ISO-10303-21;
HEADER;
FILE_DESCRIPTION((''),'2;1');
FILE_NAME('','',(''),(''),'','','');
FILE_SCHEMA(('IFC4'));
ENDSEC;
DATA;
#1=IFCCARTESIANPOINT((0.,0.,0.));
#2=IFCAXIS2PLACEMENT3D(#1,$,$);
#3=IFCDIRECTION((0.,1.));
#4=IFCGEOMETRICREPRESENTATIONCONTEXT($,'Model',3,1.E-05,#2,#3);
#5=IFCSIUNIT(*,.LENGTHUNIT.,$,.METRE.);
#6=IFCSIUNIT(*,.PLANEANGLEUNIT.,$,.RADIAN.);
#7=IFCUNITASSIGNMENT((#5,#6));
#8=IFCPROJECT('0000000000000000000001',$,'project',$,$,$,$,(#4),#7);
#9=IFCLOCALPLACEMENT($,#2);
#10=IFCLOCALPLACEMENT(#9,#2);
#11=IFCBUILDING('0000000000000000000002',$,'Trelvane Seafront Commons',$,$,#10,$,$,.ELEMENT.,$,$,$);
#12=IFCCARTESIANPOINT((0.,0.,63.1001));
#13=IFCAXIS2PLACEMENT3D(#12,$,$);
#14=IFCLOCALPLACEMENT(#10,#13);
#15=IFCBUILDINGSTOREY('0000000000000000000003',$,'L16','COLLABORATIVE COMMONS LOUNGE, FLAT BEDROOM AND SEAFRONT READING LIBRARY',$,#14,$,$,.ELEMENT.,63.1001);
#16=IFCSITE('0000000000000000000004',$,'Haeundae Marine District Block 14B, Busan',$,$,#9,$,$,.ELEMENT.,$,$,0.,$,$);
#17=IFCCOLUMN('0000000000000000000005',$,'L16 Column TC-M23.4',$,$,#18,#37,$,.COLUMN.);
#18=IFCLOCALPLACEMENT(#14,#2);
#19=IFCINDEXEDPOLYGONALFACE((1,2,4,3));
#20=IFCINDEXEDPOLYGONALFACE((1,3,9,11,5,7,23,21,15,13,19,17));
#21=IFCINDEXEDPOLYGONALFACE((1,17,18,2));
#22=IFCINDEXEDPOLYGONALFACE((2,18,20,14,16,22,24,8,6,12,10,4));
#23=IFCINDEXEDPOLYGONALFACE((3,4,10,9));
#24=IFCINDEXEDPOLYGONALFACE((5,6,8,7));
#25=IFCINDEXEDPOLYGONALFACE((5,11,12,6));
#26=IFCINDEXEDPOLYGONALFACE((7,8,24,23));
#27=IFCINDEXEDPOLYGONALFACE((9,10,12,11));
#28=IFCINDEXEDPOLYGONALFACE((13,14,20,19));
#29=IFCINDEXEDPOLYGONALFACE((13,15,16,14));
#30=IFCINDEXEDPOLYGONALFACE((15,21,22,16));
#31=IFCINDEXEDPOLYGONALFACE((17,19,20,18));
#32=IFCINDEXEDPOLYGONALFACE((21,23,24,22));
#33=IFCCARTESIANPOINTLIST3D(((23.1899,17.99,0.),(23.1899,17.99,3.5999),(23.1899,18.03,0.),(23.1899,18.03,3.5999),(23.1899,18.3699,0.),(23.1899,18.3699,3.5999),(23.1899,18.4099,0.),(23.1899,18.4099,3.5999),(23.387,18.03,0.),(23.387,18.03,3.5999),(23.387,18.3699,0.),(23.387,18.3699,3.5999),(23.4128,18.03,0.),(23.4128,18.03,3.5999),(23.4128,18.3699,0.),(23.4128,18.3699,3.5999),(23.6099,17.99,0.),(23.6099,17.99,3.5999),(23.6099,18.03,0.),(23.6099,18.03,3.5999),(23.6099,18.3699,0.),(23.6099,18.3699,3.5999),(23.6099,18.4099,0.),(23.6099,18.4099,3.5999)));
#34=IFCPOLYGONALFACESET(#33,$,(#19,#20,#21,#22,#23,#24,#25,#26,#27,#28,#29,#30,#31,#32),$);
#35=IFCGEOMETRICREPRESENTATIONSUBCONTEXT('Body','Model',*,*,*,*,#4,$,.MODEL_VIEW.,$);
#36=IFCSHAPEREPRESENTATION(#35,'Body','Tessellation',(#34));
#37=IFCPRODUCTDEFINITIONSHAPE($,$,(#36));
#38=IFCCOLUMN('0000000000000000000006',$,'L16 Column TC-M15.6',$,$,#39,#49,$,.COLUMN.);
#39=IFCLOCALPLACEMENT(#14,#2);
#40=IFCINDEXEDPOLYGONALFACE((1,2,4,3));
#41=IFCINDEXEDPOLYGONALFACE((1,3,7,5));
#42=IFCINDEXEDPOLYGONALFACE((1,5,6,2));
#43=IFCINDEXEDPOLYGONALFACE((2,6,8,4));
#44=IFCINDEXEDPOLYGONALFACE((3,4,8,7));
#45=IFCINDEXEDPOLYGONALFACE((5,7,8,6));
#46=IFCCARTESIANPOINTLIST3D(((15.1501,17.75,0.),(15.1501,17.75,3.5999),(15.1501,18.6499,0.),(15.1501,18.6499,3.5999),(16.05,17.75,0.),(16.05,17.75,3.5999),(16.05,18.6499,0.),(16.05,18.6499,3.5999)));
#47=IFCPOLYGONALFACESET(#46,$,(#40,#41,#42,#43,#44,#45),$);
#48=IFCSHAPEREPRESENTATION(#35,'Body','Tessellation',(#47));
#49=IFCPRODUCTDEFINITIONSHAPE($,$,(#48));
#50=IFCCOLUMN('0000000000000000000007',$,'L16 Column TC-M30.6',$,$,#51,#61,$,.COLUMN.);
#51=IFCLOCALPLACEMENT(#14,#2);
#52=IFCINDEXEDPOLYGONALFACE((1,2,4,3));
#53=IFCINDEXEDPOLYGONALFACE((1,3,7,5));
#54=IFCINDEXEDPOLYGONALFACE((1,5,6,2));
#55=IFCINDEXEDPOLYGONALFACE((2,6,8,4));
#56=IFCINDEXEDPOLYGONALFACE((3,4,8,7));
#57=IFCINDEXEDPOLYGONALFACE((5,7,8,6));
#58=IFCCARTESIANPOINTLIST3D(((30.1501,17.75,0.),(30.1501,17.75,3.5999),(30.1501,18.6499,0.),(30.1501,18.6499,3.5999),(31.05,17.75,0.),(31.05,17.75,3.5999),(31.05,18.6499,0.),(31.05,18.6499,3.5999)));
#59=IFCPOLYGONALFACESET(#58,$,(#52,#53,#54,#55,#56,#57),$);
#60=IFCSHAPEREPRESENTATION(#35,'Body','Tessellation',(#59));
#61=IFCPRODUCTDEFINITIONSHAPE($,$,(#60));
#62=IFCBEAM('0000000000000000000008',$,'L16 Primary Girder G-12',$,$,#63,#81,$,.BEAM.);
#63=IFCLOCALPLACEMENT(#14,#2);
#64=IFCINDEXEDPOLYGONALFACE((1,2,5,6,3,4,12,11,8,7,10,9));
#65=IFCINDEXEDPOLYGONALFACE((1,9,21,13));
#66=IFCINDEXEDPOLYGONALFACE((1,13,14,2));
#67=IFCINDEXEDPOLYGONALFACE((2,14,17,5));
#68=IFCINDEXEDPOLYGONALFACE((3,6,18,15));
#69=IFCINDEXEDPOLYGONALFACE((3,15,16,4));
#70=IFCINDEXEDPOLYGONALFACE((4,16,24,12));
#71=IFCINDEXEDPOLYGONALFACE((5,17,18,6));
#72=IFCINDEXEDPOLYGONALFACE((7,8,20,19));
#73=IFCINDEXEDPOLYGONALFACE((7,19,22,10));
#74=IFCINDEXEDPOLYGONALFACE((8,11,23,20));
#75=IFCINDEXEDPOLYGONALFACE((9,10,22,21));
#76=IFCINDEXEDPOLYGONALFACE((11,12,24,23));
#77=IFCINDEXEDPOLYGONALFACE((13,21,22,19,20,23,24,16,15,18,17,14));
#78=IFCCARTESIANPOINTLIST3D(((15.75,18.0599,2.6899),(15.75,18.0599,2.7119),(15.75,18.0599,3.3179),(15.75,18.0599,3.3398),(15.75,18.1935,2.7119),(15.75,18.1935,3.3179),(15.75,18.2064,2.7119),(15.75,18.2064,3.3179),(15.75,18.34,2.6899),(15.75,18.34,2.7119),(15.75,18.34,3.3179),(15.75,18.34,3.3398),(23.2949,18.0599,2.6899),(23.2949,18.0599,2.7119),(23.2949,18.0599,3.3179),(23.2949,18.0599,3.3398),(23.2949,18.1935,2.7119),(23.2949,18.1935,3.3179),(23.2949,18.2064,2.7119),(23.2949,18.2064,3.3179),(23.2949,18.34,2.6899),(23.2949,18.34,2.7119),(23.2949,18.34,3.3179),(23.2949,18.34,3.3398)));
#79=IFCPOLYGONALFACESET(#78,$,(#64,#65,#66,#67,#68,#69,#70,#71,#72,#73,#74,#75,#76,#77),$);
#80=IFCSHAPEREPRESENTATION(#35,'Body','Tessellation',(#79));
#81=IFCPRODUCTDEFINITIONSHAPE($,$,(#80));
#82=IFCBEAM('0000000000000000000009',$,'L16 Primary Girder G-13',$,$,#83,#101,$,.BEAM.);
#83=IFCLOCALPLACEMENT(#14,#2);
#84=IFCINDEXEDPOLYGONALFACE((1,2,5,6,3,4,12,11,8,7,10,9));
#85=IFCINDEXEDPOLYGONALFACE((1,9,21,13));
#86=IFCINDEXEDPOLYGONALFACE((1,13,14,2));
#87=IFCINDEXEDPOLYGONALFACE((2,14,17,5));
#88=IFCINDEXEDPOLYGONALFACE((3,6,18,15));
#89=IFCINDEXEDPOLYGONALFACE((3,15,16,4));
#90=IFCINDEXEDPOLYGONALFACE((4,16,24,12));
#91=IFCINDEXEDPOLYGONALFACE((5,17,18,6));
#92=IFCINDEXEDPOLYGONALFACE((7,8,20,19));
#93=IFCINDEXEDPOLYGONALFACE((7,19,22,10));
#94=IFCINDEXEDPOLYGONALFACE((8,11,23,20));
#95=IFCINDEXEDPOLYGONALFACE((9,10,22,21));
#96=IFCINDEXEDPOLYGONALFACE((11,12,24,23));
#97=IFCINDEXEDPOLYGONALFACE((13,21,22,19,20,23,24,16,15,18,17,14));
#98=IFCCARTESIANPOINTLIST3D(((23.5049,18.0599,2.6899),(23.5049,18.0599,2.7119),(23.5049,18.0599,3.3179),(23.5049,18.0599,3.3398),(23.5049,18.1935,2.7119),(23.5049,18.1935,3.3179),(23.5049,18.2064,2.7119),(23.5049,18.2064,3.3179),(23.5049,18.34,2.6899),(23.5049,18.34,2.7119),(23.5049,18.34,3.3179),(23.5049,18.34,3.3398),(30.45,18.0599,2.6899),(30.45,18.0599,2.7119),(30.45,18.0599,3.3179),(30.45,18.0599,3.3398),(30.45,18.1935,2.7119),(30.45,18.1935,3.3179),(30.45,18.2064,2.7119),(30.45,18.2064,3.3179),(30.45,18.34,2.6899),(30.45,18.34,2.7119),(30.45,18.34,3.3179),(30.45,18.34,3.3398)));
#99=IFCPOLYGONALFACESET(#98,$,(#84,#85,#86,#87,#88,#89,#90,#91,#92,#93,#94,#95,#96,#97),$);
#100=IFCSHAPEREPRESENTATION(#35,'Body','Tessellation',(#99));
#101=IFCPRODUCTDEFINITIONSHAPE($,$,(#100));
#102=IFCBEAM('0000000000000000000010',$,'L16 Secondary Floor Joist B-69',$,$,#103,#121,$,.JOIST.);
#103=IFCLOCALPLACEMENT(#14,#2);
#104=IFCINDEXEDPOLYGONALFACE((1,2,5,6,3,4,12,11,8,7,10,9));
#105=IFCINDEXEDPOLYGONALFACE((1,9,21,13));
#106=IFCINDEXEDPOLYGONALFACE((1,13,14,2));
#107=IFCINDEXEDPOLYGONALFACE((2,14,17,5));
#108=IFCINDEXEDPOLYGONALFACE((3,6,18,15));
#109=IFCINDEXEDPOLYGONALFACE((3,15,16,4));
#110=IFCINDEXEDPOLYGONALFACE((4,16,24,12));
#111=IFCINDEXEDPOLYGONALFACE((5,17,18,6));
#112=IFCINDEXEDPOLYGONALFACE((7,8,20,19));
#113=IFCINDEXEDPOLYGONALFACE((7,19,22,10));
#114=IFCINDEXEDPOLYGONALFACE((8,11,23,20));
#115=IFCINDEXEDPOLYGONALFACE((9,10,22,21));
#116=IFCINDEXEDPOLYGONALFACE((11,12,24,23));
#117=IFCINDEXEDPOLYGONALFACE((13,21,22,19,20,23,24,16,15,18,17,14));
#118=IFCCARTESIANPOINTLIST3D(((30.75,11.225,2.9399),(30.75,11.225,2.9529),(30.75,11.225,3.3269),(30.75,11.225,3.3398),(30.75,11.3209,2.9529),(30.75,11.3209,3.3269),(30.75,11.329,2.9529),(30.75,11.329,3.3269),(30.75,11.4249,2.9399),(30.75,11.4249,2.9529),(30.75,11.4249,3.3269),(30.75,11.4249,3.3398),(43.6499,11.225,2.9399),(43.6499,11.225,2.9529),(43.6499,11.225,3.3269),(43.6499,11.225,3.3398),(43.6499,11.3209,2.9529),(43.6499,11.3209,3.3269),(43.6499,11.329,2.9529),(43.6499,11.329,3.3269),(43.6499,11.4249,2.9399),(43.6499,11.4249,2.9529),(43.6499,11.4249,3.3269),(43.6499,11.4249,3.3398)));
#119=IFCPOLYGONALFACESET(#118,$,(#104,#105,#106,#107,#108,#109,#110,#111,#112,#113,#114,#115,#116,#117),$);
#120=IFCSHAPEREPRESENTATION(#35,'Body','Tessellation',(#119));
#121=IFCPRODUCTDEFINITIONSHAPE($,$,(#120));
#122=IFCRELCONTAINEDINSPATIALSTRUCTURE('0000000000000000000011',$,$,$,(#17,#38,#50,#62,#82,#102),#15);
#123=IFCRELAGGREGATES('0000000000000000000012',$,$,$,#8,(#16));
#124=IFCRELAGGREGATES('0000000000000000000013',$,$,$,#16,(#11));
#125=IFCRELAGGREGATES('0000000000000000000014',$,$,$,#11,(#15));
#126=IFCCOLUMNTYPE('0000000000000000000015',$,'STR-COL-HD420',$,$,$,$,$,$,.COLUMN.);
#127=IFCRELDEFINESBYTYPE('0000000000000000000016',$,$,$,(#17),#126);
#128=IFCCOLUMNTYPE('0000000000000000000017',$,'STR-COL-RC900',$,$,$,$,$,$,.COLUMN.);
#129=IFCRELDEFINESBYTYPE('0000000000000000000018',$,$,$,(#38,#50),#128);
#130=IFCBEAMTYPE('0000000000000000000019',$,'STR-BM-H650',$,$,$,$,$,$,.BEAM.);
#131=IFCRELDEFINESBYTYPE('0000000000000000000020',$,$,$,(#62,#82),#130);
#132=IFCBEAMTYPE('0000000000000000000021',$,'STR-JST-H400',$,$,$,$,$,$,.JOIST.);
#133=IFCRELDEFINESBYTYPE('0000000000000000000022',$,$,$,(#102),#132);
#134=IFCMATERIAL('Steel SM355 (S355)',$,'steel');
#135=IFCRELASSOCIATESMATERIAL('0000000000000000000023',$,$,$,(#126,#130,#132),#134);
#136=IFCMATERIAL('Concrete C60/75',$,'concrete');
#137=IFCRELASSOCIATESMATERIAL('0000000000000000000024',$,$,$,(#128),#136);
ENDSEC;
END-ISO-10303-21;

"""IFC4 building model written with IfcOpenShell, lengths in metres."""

from ifc_helpers import new_model, si_unit, direction, frame, origin, origin_2d, place, context, subcontext, project, spatial, rectangle, i_section, extrude, source, transform, mapped, material, material_profile, profile_set, type_object, element, save


model = new_model("IFC4")

# Units and contexts
model_context = context("Model", 3, precision=1e-05, world=origin(), true_north=direction((0.0, 1.0)))
body_context = subcontext(model_context, "Body", "Model", "MODEL_VIEW")
ifc_project = project(units=[si_unit("LENGTHUNIT", "METRE"), si_unit("PLANEANGLEUNIT", "RADIAN")], contexts=[model_context])

# Site, building, storey
site_placement = place(None, origin())
site = spatial("IfcSite", under=ifc_project, at=site_placement, Name="Haeundae Marine District Block 14B, Busan", CompositionType="ELEMENT", RefElevation=0.0)
building_placement = place(site_placement, origin())
building = spatial("IfcBuilding", under=site, at=building_placement, Name="Trelvane Seafront Commons", CompositionType="ELEMENT")
storey_placement = place(building_placement, frame((0.0, 0.0, 63.1001)))
storey = spatial("IfcBuildingStorey", under=building, at=storey_placement, Name="L16", Description="COLLABORATIVE COMMONS LOUNGE, FLAT BEDROOM AND SEAFRONT READING LIBRARY", CompositionType="ELEMENT", Elevation=63.1001)

# Columns
ifc_material_1 = material(Name="Steel SM355 (S355)", Category="steel")
ifc_material_profile_1 = material_profile(ifc_material_1, i_section(OverallWidth=0.4199, OverallDepth=0.4199, WebThickness=0.0259, FlangeThickness=0.04, at=origin_2d()), Name="HD-420x420x26x40")
ifc_profile_set_1 = profile_set([ifc_material_profile_1], Name="Steel SM355 (S355)")
column_type_1 = type_object("IfcColumnType", Name="STR-COL-HD420", PredefinedType="COLUMN", material=ifc_profile_set_1)
shared_shape_1 = source(origin(), body_context, "Body", "SweptSolid", [
    extrude(i_section(OverallWidth=0.4199, OverallDepth=0.4199, WebThickness=0.0259, FlangeThickness=0.04, at=origin_2d()), origin(), (0.0, 0.0, 1.0), 3.5999),
])
column_placement = place(storey_placement, frame((23.3999, 18.2, 0.0), z_axis=(0.0, 0.0, 1.0), x_axis=(1.0, 0.0, 0.0)))
element("IfcColumn", 1, at=column_placement, inside=storey, type_object=column_type_1, Name="L16 Column TC-M23.4", PredefinedType="COLUMN", context=body_context, shape_type="MappedRepresentation", body=[
    mapped(shared_shape_1, transform((0.0, 0.0, 0.0), x_axis=(1.0, 0.0, 0.0), y_axis=(0.0, 1.0, 0.0), z_axis=(0.0, 0.0, 1.0), scale=1.0)),
])
ifc_material_2 = material(Name="Concrete C60/75", Category="concrete")
ifc_material_profile_2 = material_profile(ifc_material_2, rectangle(XDim=0.8999, YDim=0.8999, at=origin_2d()), Name="RC-900x900")
ifc_profile_set_2 = profile_set([ifc_material_profile_2], Name="Concrete C60/75")
column_type_2 = type_object("IfcColumnType", Name="STR-COL-RC900", PredefinedType="COLUMN", material=ifc_profile_set_2)
shared_shape_2 = source(origin(), body_context, "Body", "SweptSolid", [
    extrude(rectangle(XDim=0.8999, YDim=0.8999, at=origin_2d()), origin(), (0.0, 0.0, 1.0), 3.5999),
])
for number, where, z_axis, x_axis, name in (
    (2, (15.6001, 18.2, 0.0), (0.0, 0.0, 1.0), (1.0, 0.0, 0.0), "L16 Column TC-M15.6"),
    (3, (30.6001, 18.2, 0.0), (0.0, 0.0, 1.0), (1.0, 0.0, 0.0), "L16 Column TC-M30.6"),
):
    element("IfcColumn", number, at=place(storey_placement, frame(where, z_axis=z_axis, x_axis=x_axis)), inside=storey, type_object=column_type_2, Name=name, PredefinedType="COLUMN", context=body_context, shape_type="MappedRepresentation", body=[
        mapped(shared_shape_2, transform((0.0, 0.0, 0.0), x_axis=(1.0, 0.0, 0.0), y_axis=(0.0, 1.0, 0.0), z_axis=(0.0, 0.0, 1.0), scale=1.0)),
    ])

# Beams
ifc_material_profile_3 = material_profile(ifc_material_1, i_section(OverallWidth=0.28, OverallDepth=0.6499, WebThickness=0.0129, FlangeThickness=0.022, at=origin_2d()), Name="H-650x280x13x22")
ifc_profile_set_3 = profile_set([ifc_material_profile_3], Name="Steel SM355 (S355)")
beam_type_1 = type_object("IfcBeamType", Name="STR-BM-H650", PredefinedType="BEAM", material=ifc_profile_set_3)
shared_shape_3 = source(origin(), body_context, "Body", "SweptSolid", [
    extrude(i_section(OverallWidth=0.28, OverallDepth=0.6499, WebThickness=0.0129, FlangeThickness=0.022, at=origin_2d()), origin(), (0.0, 0.0, 1.0), 7.5449),
])
beam_1_placement = place(storey_placement, frame((15.75, 18.2, 3.0149), z_axis=(1.0, 0.0, 0.0), x_axis=(0.0, 1.0, 0.0)))
element("IfcBeam", 4, at=beam_1_placement, inside=storey, type_object=beam_type_1, Name="L16 Primary Girder G-12", PredefinedType="BEAM", context=body_context, shape_type="MappedRepresentation", body=[
    mapped(shared_shape_3, transform((0.0, 0.0, 0.0), x_axis=(1.0, 0.0, 0.0), y_axis=(0.0, 1.0, 0.0), z_axis=(0.0, 0.0, 1.0), scale=1.0)),
])
shared_shape_4 = source(origin(), body_context, "Body", "SweptSolid", [
    extrude(i_section(OverallWidth=0.28, OverallDepth=0.6499, WebThickness=0.0129, FlangeThickness=0.022, at=origin_2d()), origin(), (0.0, 0.0, 1.0), 6.9451),
])
beam_2_placement = place(storey_placement, frame((23.5049, 18.2, 3.0149), z_axis=(1.0, 0.0, 0.0), x_axis=(0.0, 1.0, 0.0)))
element("IfcBeam", 5, at=beam_2_placement, inside=storey, type_object=beam_type_1, Name="L16 Primary Girder G-13", PredefinedType="BEAM", context=body_context, shape_type="MappedRepresentation", body=[
    mapped(shared_shape_4, transform((0.0, 0.0, 0.0), x_axis=(1.0, 0.0, 0.0), y_axis=(0.0, 1.0, 0.0), z_axis=(0.0, 0.0, 1.0), scale=1.0)),
])
ifc_material_profile_4 = material_profile(ifc_material_1, i_section(OverallWidth=0.2, OverallDepth=0.3999, WebThickness=0.0081, FlangeThickness=0.0129, at=origin_2d()), Name="H-400x200x8x13")
ifc_profile_set_4 = profile_set([ifc_material_profile_4], Name="Steel SM355 (S355)")
beam_type_2 = type_object("IfcBeamType", Name="STR-JST-H400", PredefinedType="JOIST", material=ifc_profile_set_4)
shared_shape_5 = source(origin(), body_context, "Body", "SweptSolid", [
    extrude(i_section(OverallWidth=0.2, OverallDepth=0.3999, WebThickness=0.0081, FlangeThickness=0.0129, at=origin_2d()), origin(), (0.0, 0.0, 1.0), 12.8999),
])
beam_3_placement = place(storey_placement, frame((30.75, 11.325, 3.1399), z_axis=(1.0, 0.0, 0.0), x_axis=(0.0, 1.0, 0.0)))
element("IfcBeam", 6, at=beam_3_placement, inside=storey, type_object=beam_type_2, Name="L16 Secondary Floor Joist B-69", PredefinedType="JOIST", context=body_context, shape_type="MappedRepresentation", body=[
    mapped(shared_shape_5, transform((0.0, 0.0, 0.0), x_axis=(1.0, 0.0, 0.0), y_axis=(0.0, 1.0, 0.0), z_axis=(0.0, 0.0, 1.0), scale=1.0)),
])

save(model, "model.ifc")
